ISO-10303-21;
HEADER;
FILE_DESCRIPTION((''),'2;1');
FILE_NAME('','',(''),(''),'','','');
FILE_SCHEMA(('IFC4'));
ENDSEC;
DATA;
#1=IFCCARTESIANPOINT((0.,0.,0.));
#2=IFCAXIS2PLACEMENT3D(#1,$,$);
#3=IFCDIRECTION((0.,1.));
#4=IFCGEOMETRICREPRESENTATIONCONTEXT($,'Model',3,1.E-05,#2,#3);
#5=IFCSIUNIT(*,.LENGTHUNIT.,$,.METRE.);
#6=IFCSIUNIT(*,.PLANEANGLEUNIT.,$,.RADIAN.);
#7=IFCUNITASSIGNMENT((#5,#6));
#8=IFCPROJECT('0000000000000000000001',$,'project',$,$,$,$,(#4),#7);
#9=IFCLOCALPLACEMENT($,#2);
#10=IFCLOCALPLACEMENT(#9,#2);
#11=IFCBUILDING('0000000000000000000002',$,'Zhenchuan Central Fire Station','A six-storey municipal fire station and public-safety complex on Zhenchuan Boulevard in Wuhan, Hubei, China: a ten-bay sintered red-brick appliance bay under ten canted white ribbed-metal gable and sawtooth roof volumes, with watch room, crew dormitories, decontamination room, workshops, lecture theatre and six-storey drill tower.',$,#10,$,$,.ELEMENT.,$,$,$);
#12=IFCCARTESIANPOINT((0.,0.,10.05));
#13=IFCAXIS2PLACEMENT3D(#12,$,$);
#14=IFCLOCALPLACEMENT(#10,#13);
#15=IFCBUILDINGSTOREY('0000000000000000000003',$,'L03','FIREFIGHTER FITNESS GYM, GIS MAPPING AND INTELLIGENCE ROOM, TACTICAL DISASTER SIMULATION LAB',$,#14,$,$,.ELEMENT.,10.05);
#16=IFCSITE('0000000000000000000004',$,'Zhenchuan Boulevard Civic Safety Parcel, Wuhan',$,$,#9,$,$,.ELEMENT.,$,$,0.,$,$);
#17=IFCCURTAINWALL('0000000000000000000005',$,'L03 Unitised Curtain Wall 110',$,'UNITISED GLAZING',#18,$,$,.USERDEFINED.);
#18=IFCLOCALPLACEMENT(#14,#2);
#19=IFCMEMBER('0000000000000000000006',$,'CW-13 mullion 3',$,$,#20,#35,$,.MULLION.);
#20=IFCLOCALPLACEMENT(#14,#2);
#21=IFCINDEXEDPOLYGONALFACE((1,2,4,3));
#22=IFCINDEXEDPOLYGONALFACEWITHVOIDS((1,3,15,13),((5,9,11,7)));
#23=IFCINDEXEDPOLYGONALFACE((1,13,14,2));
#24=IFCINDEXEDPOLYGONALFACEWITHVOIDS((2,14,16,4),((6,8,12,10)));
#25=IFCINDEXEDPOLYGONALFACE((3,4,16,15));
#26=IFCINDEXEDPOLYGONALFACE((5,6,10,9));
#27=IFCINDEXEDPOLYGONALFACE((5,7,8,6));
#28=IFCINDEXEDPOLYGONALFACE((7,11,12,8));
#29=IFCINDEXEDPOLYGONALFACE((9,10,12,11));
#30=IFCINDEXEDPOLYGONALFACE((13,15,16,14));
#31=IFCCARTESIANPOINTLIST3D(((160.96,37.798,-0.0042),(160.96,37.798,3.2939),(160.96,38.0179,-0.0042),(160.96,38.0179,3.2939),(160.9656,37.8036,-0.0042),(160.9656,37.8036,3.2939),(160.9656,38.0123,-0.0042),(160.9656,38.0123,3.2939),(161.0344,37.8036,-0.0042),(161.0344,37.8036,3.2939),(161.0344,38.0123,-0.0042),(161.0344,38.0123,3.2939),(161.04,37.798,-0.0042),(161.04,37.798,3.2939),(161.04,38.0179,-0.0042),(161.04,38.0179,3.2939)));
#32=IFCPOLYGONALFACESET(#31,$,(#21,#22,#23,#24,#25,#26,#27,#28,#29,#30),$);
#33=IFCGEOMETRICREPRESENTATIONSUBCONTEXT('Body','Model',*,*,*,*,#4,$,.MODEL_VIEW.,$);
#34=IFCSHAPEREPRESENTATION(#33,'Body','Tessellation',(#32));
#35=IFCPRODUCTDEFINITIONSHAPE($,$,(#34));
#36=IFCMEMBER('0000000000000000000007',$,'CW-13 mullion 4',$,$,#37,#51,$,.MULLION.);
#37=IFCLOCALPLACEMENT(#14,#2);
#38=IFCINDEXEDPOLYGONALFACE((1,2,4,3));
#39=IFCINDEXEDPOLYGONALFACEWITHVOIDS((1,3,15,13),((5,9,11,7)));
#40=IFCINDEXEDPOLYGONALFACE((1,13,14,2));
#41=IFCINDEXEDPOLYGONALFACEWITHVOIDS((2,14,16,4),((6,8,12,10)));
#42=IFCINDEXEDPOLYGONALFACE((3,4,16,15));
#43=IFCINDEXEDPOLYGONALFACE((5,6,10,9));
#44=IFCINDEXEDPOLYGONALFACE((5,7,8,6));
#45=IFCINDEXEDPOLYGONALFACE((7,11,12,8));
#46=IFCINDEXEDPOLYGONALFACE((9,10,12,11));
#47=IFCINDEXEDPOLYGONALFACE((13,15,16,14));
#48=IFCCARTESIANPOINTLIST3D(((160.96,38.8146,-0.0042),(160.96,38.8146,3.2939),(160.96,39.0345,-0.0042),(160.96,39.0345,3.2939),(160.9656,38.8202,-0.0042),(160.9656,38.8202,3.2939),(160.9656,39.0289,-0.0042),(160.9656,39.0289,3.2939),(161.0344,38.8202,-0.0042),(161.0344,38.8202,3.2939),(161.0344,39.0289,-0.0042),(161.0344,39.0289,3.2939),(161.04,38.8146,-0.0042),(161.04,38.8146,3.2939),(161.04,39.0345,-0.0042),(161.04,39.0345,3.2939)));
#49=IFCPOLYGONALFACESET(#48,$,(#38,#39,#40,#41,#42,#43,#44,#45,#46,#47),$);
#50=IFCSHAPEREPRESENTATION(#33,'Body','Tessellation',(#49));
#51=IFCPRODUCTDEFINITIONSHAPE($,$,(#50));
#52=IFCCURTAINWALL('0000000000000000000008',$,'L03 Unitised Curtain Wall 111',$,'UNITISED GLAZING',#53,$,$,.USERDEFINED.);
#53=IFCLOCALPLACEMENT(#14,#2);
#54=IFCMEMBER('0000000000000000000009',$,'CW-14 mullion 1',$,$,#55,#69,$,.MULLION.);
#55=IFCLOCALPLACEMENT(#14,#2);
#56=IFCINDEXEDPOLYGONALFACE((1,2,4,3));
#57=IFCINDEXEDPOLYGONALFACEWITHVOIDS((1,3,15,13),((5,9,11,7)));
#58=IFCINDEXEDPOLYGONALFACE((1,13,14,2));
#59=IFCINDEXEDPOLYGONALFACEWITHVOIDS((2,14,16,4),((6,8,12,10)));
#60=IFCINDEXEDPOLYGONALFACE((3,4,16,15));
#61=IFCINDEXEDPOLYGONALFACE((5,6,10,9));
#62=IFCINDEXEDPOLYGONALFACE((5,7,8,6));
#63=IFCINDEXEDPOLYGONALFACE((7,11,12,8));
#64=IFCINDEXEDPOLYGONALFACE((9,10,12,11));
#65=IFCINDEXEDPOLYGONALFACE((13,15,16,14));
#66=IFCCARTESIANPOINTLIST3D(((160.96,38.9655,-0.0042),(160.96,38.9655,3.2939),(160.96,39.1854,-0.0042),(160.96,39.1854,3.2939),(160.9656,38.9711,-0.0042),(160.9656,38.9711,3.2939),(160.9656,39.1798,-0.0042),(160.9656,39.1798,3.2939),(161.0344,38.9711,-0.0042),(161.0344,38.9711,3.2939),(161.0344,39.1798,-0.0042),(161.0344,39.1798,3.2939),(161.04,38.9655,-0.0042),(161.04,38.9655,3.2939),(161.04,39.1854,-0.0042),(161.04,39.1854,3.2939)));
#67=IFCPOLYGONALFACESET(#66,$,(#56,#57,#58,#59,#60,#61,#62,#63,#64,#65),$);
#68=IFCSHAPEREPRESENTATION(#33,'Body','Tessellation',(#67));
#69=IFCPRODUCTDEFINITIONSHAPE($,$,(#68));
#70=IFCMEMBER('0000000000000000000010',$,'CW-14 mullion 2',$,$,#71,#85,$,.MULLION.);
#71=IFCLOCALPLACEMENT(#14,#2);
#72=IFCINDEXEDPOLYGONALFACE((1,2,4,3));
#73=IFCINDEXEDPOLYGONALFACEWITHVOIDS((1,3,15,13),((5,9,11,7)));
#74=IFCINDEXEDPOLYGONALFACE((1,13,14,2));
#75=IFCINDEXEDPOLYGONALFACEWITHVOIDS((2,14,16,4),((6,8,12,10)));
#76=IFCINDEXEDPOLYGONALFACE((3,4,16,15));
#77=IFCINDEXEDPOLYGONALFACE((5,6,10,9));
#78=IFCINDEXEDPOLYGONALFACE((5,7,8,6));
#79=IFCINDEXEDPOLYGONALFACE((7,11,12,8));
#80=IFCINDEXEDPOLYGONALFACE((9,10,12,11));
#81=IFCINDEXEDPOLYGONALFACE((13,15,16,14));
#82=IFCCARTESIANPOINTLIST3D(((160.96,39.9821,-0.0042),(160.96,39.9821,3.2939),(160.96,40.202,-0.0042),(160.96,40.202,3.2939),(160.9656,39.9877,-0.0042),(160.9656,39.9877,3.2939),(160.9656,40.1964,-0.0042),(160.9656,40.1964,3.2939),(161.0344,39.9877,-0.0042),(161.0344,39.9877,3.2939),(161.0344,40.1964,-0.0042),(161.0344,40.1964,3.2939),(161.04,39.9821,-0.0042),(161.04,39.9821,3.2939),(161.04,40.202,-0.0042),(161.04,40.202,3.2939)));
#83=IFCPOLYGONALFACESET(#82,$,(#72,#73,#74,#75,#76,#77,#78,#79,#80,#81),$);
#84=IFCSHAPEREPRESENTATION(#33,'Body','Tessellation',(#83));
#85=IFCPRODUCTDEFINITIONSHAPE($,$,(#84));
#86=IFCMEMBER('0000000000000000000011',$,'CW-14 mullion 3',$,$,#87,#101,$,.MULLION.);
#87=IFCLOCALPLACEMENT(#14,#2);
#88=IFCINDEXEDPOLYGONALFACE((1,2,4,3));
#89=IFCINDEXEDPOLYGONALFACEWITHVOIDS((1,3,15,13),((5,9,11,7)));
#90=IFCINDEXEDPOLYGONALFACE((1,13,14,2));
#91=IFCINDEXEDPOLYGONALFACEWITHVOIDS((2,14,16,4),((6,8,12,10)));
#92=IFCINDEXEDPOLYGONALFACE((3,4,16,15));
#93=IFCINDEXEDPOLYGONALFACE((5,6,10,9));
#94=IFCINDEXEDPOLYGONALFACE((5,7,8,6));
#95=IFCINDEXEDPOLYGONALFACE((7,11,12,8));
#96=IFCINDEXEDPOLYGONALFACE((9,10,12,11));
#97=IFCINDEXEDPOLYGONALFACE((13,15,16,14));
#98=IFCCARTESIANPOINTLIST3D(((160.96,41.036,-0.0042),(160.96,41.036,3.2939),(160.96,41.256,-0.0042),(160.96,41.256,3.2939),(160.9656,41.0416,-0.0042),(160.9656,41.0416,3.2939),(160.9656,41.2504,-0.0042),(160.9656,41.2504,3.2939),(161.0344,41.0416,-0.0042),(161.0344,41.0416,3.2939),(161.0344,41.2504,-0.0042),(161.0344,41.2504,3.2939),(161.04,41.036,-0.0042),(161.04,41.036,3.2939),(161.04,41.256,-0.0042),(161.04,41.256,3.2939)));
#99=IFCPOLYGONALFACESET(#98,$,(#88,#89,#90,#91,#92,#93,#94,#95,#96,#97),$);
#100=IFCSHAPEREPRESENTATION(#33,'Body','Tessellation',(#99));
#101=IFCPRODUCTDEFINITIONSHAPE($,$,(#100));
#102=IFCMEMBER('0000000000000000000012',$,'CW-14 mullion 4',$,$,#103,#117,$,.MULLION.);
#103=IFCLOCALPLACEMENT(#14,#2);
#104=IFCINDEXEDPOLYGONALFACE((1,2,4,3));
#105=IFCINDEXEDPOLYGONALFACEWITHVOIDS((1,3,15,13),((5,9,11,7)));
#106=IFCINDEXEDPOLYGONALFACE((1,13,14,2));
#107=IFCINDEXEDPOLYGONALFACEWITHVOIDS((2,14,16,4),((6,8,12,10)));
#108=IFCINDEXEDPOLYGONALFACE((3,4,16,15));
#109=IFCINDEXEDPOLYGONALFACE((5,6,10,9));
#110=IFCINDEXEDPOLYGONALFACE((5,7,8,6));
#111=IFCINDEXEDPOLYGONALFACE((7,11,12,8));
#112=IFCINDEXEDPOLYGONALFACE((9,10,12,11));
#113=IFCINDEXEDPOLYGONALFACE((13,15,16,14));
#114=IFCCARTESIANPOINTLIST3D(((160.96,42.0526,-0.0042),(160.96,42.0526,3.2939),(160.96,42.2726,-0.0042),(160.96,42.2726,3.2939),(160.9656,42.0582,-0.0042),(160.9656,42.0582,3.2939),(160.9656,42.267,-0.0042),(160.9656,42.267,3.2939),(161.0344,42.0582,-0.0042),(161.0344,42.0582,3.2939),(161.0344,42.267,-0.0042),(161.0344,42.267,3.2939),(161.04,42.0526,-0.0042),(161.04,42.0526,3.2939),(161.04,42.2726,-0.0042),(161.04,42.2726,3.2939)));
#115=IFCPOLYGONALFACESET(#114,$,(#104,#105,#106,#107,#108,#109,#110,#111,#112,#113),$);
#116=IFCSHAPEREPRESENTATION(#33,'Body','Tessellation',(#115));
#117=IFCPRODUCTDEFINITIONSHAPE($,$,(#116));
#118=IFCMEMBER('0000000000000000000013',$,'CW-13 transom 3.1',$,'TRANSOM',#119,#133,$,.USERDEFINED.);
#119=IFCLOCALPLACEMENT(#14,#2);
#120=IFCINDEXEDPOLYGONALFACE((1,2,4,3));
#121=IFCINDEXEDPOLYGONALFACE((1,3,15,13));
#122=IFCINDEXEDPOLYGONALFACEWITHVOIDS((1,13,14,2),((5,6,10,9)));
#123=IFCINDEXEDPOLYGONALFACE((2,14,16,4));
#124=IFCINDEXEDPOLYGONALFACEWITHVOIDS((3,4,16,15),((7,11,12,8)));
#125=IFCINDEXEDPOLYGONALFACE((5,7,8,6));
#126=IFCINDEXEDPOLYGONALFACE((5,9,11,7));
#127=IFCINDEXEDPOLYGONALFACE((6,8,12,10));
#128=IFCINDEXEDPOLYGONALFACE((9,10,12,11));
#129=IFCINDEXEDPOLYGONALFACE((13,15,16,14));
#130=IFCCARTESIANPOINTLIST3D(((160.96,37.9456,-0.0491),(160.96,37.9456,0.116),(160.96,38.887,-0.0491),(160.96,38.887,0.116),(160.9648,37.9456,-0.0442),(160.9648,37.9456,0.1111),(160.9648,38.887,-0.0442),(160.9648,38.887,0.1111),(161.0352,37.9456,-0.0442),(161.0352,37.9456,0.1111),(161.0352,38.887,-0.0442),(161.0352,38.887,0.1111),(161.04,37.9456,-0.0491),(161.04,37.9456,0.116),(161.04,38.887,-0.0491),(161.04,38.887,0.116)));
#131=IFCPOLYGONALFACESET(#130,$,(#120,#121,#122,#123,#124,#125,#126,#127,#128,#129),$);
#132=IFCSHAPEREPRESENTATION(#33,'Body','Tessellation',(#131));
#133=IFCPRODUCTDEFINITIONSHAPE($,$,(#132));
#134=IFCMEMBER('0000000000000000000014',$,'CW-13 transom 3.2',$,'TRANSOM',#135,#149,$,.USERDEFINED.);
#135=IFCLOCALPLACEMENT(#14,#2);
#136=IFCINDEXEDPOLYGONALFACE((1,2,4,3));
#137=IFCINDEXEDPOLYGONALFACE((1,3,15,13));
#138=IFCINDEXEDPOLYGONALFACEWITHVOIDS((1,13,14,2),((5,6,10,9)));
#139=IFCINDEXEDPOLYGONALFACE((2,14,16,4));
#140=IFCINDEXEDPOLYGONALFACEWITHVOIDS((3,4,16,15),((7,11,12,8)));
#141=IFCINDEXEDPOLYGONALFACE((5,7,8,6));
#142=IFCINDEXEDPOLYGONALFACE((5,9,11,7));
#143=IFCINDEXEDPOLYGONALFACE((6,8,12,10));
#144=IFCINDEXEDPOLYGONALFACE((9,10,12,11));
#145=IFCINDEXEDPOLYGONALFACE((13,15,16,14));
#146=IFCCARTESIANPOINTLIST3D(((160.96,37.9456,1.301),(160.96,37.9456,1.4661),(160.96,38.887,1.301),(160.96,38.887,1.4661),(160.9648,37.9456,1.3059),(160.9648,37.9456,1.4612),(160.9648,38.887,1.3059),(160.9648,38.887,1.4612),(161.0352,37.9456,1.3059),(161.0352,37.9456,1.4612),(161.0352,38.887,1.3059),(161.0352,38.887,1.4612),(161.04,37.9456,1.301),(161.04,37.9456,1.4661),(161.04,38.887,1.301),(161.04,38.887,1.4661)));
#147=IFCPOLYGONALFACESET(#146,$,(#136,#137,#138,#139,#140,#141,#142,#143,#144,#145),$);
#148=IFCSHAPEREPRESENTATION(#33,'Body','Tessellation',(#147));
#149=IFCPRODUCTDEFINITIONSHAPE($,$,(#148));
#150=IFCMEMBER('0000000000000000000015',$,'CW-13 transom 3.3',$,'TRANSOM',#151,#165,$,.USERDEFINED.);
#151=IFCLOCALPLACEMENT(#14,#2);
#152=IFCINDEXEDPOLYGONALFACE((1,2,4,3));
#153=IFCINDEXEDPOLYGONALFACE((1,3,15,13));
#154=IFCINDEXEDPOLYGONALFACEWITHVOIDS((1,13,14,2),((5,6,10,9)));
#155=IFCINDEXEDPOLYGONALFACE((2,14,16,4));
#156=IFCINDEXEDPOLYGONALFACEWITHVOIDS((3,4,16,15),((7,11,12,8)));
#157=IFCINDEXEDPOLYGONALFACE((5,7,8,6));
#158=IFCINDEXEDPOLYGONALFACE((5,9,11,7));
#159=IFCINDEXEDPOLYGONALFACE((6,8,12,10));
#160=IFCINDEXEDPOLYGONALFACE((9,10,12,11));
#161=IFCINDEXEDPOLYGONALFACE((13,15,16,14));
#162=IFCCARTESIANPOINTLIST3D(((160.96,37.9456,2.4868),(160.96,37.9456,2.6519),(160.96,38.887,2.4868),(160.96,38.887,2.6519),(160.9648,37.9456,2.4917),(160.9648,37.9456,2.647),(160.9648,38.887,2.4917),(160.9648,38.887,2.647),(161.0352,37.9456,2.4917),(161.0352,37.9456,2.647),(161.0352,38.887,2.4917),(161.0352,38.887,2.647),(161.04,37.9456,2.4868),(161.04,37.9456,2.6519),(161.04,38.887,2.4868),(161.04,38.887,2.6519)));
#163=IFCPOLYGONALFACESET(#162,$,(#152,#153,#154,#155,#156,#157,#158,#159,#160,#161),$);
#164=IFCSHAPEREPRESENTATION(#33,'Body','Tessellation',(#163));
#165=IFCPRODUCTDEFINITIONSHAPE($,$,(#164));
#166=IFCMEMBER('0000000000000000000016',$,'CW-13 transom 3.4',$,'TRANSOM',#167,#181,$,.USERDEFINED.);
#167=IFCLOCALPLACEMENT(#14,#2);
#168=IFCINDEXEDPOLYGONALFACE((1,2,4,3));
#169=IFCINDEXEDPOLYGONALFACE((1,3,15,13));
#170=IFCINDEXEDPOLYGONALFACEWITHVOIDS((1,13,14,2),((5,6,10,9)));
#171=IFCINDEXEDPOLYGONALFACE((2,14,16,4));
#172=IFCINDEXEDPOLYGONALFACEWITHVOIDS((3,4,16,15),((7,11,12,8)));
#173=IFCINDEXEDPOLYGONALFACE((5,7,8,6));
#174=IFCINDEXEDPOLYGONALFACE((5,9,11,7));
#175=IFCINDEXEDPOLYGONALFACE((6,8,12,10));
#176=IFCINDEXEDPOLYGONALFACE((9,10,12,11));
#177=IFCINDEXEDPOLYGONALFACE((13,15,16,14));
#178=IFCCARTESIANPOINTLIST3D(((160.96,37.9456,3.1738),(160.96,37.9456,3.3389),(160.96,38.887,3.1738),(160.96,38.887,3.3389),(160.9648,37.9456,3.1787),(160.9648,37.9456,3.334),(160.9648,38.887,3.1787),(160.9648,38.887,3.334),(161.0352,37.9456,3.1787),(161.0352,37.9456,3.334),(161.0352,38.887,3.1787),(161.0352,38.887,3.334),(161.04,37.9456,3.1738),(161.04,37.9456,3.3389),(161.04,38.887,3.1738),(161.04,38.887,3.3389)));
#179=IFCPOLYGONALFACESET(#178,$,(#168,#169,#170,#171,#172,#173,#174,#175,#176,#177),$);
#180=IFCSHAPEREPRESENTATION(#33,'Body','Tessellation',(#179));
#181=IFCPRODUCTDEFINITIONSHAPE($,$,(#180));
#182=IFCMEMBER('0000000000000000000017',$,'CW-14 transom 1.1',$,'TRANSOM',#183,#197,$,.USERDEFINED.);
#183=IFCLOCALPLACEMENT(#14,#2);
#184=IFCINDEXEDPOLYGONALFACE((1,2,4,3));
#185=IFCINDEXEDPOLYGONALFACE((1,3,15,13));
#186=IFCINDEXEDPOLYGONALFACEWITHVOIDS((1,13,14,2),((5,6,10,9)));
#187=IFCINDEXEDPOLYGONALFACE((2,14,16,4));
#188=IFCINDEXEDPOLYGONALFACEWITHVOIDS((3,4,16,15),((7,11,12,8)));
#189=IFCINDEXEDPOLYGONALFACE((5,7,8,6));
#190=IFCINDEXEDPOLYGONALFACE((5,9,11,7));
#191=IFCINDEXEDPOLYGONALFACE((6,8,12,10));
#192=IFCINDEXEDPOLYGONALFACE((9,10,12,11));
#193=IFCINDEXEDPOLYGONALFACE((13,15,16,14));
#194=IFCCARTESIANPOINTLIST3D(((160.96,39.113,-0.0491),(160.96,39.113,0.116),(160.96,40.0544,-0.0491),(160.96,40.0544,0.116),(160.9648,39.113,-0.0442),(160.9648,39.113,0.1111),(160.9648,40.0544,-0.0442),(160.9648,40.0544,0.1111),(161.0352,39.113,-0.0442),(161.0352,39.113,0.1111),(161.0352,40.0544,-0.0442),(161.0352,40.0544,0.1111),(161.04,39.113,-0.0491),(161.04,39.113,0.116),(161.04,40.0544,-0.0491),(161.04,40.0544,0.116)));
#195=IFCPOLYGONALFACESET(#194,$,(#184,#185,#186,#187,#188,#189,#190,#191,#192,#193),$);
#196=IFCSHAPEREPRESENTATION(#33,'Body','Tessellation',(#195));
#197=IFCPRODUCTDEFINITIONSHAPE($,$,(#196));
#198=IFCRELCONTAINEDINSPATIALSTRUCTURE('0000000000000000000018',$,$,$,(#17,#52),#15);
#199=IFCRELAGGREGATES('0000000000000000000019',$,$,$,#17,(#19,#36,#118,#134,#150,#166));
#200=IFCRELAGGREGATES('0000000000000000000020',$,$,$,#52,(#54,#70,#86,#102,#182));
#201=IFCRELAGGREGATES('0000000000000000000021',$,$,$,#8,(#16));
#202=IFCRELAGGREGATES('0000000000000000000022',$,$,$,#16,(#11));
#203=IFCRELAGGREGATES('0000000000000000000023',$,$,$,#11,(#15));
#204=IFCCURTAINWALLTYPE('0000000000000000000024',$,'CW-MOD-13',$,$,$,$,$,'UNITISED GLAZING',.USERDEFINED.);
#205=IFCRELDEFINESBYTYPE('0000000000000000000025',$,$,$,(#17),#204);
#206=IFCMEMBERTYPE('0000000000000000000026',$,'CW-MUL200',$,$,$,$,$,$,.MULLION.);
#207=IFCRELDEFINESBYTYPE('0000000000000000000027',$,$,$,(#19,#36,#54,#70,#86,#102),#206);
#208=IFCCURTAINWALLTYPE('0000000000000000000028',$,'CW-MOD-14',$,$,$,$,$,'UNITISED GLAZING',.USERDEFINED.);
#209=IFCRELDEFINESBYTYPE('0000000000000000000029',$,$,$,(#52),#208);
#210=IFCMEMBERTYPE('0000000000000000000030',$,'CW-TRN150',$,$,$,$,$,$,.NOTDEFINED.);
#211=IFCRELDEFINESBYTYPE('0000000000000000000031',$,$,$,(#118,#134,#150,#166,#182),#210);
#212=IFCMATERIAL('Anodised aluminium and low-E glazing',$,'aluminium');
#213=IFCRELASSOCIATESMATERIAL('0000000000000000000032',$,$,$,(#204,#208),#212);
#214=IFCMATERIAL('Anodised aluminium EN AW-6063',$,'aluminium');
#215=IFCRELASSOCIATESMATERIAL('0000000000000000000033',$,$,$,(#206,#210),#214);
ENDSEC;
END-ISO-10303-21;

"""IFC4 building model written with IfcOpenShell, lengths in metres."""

from ifc_helpers import new_model, si_unit, direction, frame, origin, origin_2d, place, context, subcontext, project, spatial, hollow_rectangle, extrude, material, material_profile, profile_set, type_object, element, aggregate, save


model = new_model("IFC4")

# Units and contexts
model_context = context("Model", 3, precision=1e-05, world=origin(), true_north=direction((0.0, 1.0)))
body_context = subcontext(model_context, "Body", "Model", "MODEL_VIEW")
ifc_project = project(units=[si_unit("LENGTHUNIT", "METRE"), si_unit("PLANEANGLEUNIT", "RADIAN")], contexts=[model_context])

# Site, building, storey
site_placement = place(None, origin())
site = spatial("IfcSite", under=ifc_project, at=site_placement, Name="Zhenchuan Boulevard Civic Safety Parcel, Wuhan", CompositionType="ELEMENT", RefElevation=0.0)
building_placement = place(site_placement, origin())
building = spatial("IfcBuilding", under=site, at=building_placement, Name="Zhenchuan Central Fire Station", Description="A six-storey municipal fire station and public-safety complex on Zhenchuan Boulevard in Wuhan, Hubei, China: a ten-bay sintered red-brick appliance bay under ten canted white ribbed-metal gable and sawtooth roof volumes, with watch room, crew dormitories, decontamination room, workshops, lecture theatre and six-storey drill tower.", CompositionType="ELEMENT")
storey_placement = place(building_placement, frame((0.0, 0.0, 10.05)))
storey = spatial("IfcBuildingStorey", under=building, at=storey_placement, Name="L03", Description="FIREFIGHTER FITNESS GYM, GIS MAPPING AND INTELLIGENCE ROOM, TACTICAL DISASTER SIMULATION LAB", CompositionType="ELEMENT", Elevation=10.05)

# Curtain walls, members
ifc_material_1 = material(Name="Anodised aluminium and low-E glazing", Category="aluminium")
curtain_wall_type_1 = type_object("IfcCurtainWallType", Name="CW-MOD-13", ElementType="UNITISED GLAZING", PredefinedType="USERDEFINED", material=ifc_material_1)
curtain_wall_1_placement = place(storey_placement, origin())
curtain_wall_1 = element("IfcCurtainWall", 1, at=curtain_wall_1_placement, inside=storey, type_object=curtain_wall_type_1, Name="L03 Unitised Curtain Wall 110", ObjectType="UNITISED GLAZING", PredefinedType="USERDEFINED")
ifc_material_2 = material(Name="Anodised aluminium EN AW-6063", Category="aluminium")
ifc_material_profile_1 = material_profile(ifc_material_2, hollow_rectangle(XDim=0.0801, YDim=0.22, WallThickness=0.0056, at=origin_2d()), Name="ALU-M 220x80")
ifc_profile_set_1 = profile_set([ifc_material_profile_1], Name="Anodised aluminium EN AW-6063")
member_type_1 = type_object("IfcMemberType", Name="CW-MUL200", PredefinedType="MULLION", material=ifc_profile_set_1)
member_1_placement = place(storey_placement, frame((161.0, 37.908, -0.0042), z_axis=(0.0, 0.0, 1.0), x_axis=(-1.0, 0.0, 0.0)))
member_1 = element("IfcMember", 2, at=member_1_placement, type_object=member_type_1, Name="CW-13 mullion 3", PredefinedType="MULLION", context=body_context, shape_type="SweptSolid", body=[
    extrude(hollow_rectangle(XDim=0.0801, YDim=0.22, WallThickness=0.0056, at=origin_2d()), origin(), (0.0, 0.0, 1.0), 3.2981),
])
member_2_placement = place(storey_placement, frame((161.0, 38.9246, -0.0042), z_axis=(0.0, 0.0, 1.0), x_axis=(-1.0, 0.0, 0.0)))
member_2 = element("IfcMember", 3, at=member_2_placement, type_object=member_type_1, Name="CW-13 mullion 4", PredefinedType="MULLION", context=body_context, shape_type="SweptSolid", body=[
    extrude(hollow_rectangle(XDim=0.0801, YDim=0.22, WallThickness=0.0056, at=origin_2d()), origin(), (0.0, 0.0, 1.0), 3.2981),
])
curtain_wall_type_2 = type_object("IfcCurtainWallType", Name="CW-MOD-14", ElementType="UNITISED GLAZING", PredefinedType="USERDEFINED", material=ifc_material_1)
curtain_wall_2_placement = place(storey_placement, origin())
curtain_wall_2 = element("IfcCurtainWall", 4, at=curtain_wall_2_placement, inside=storey, type_object=curtain_wall_type_2, Name="L03 Unitised Curtain Wall 111", ObjectType="UNITISED GLAZING", PredefinedType="USERDEFINED")
member_3_placement = place(storey_placement, frame((161.0, 39.0754, -0.0042), z_axis=(0.0, 0.0, 1.0), x_axis=(-1.0, 0.0, 0.0)))
member_3 = element("IfcMember", 5, at=member_3_placement, type_object=member_type_1, Name="CW-14 mullion 1", PredefinedType="MULLION", context=body_context, shape_type="SweptSolid", body=[
    extrude(hollow_rectangle(XDim=0.0801, YDim=0.22, WallThickness=0.0056, at=origin_2d()), origin(), (0.0, 0.0, 1.0), 3.2981),
])
member_4_placement = place(storey_placement, frame((161.0, 40.092, -0.0042), z_axis=(0.0, 0.0, 1.0), x_axis=(-1.0, 0.0, 0.0)))
member_4 = element("IfcMember", 6, at=member_4_placement, type_object=member_type_1, Name="CW-14 mullion 2", PredefinedType="MULLION", context=body_context, shape_type="SweptSolid", body=[
    extrude(hollow_rectangle(XDim=0.0801, YDim=0.22, WallThickness=0.0056, at=origin_2d()), origin(), (0.0, 0.0, 1.0), 3.2981),
])
member_5_placement = place(storey_placement, frame((161.0, 41.146, -0.0042), z_axis=(0.0, 0.0, 1.0), x_axis=(-1.0, 0.0, 0.0)))
member_5 = element("IfcMember", 7, at=member_5_placement, type_object=member_type_1, Name="CW-14 mullion 3", PredefinedType="MULLION", context=body_context, shape_type="SweptSolid", body=[
    extrude(hollow_rectangle(XDim=0.0801, YDim=0.22, WallThickness=0.0056, at=origin_2d()), origin(), (0.0, 0.0, 1.0), 3.2981),
])
member_6_placement = place(storey_placement, frame((161.0, 42.1626, -0.0042), z_axis=(0.0, 0.0, 1.0), x_axis=(-1.0, 0.0, 0.0)))
member_6 = element("IfcMember", 8, at=member_6_placement, type_object=member_type_1, Name="CW-14 mullion 4", PredefinedType="MULLION", context=body_context, shape_type="SweptSolid", body=[
    extrude(hollow_rectangle(XDim=0.0801, YDim=0.22, WallThickness=0.0056, at=origin_2d()), origin(), (0.0, 0.0, 1.0), 3.2981),
])

# Members
ifc_material_profile_2 = material_profile(ifc_material_2, hollow_rectangle(XDim=0.0801, YDim=0.165, WallThickness=0.0049, at=origin_2d()), Name="ALU-T 165x80")
ifc_profile_set_2 = profile_set([ifc_material_profile_2], Name="Anodised aluminium EN AW-6063")
member_type_2 = type_object("IfcMemberType", Name="CW-TRN150", PredefinedType="NOTDEFINED", material=ifc_profile_set_2)
member_7_placement = place(storey_placement, frame((161.0, 37.9456, 0.0334), z_axis=(0.0, 1.0, 0.0), x_axis=(-1.0, 0.0, 0.0)))
member_7 = element("IfcMember", 9, at=member_7_placement, type_object=member_type_2, Name="CW-13 transom 3.1", ObjectType="TRANSOM", PredefinedType="USERDEFINED", context=body_context, shape_type="SweptSolid", body=[
    extrude(hollow_rectangle(XDim=0.0801, YDim=0.165, WallThickness=0.0049, at=origin_2d()), origin(), (0.0, 0.0, 1.0), 0.9414),
])
member_8_placement = place(storey_placement, frame((161.0, 37.9456, 1.3835), z_axis=(0.0, 1.0, 0.0), x_axis=(-1.0, 0.0, 0.0)))
member_8 = element("IfcMember", 10, at=member_8_placement, type_object=member_type_2, Name="CW-13 transom 3.2", ObjectType="TRANSOM", PredefinedType="USERDEFINED", context=body_context, shape_type="SweptSolid", body=[
    extrude(hollow_rectangle(XDim=0.0801, YDim=0.165, WallThickness=0.0049, at=origin_2d()), origin(), (0.0, 0.0, 1.0), 0.9414),
])
member_9_placement = place(storey_placement, frame((161.0, 37.9456, 2.5693), z_axis=(0.0, 1.0, 0.0), x_axis=(-1.0, 0.0, 0.0)))
member_9 = element("IfcMember", 11, at=member_9_placement, type_object=member_type_2, Name="CW-13 transom 3.3", ObjectType="TRANSOM", PredefinedType="USERDEFINED", context=body_context, shape_type="SweptSolid", body=[
    extrude(hollow_rectangle(XDim=0.0801, YDim=0.165, WallThickness=0.0049, at=origin_2d()), origin(), (0.0, 0.0, 1.0), 0.9414),
])
member_10_placement = place(storey_placement, frame((161.0, 37.9456, 3.2563), z_axis=(0.0, 1.0, 0.0), x_axis=(-1.0, 0.0, 0.0)))
member_10 = element("IfcMember", 12, at=member_10_placement, type_object=member_type_2, Name="CW-13 transom 3.4", ObjectType="TRANSOM", PredefinedType="USERDEFINED", context=body_context, shape_type="SweptSolid", body=[
    extrude(hollow_rectangle(XDim=0.0801, YDim=0.165, WallThickness=0.0049, at=origin_2d()), origin(), (0.0, 0.0, 1.0), 0.9414),
])
member_11_placement = place(storey_placement, frame((161.0, 39.113, 0.0334), z_axis=(0.0, 1.0, 0.0), x_axis=(-1.0, 0.0, 0.0)))
member_11 = element("IfcMember", 13, at=member_11_placement, type_object=member_type_2, Name="CW-14 transom 1.1", ObjectType="TRANSOM", PredefinedType="USERDEFINED", context=body_context, shape_type="SweptSolid", body=[
    extrude(hollow_rectangle(XDim=0.0801, YDim=0.165, WallThickness=0.0049, at=origin_2d()), origin(), (0.0, 0.0, 1.0), 0.9414),
])

aggregate(curtain_wall_1, [member_1, member_2, member_7, member_8, member_9, member_10])
aggregate(curtain_wall_2, [member_3, member_4, member_5, member_6, member_11])

save(model, "model.ifc")
